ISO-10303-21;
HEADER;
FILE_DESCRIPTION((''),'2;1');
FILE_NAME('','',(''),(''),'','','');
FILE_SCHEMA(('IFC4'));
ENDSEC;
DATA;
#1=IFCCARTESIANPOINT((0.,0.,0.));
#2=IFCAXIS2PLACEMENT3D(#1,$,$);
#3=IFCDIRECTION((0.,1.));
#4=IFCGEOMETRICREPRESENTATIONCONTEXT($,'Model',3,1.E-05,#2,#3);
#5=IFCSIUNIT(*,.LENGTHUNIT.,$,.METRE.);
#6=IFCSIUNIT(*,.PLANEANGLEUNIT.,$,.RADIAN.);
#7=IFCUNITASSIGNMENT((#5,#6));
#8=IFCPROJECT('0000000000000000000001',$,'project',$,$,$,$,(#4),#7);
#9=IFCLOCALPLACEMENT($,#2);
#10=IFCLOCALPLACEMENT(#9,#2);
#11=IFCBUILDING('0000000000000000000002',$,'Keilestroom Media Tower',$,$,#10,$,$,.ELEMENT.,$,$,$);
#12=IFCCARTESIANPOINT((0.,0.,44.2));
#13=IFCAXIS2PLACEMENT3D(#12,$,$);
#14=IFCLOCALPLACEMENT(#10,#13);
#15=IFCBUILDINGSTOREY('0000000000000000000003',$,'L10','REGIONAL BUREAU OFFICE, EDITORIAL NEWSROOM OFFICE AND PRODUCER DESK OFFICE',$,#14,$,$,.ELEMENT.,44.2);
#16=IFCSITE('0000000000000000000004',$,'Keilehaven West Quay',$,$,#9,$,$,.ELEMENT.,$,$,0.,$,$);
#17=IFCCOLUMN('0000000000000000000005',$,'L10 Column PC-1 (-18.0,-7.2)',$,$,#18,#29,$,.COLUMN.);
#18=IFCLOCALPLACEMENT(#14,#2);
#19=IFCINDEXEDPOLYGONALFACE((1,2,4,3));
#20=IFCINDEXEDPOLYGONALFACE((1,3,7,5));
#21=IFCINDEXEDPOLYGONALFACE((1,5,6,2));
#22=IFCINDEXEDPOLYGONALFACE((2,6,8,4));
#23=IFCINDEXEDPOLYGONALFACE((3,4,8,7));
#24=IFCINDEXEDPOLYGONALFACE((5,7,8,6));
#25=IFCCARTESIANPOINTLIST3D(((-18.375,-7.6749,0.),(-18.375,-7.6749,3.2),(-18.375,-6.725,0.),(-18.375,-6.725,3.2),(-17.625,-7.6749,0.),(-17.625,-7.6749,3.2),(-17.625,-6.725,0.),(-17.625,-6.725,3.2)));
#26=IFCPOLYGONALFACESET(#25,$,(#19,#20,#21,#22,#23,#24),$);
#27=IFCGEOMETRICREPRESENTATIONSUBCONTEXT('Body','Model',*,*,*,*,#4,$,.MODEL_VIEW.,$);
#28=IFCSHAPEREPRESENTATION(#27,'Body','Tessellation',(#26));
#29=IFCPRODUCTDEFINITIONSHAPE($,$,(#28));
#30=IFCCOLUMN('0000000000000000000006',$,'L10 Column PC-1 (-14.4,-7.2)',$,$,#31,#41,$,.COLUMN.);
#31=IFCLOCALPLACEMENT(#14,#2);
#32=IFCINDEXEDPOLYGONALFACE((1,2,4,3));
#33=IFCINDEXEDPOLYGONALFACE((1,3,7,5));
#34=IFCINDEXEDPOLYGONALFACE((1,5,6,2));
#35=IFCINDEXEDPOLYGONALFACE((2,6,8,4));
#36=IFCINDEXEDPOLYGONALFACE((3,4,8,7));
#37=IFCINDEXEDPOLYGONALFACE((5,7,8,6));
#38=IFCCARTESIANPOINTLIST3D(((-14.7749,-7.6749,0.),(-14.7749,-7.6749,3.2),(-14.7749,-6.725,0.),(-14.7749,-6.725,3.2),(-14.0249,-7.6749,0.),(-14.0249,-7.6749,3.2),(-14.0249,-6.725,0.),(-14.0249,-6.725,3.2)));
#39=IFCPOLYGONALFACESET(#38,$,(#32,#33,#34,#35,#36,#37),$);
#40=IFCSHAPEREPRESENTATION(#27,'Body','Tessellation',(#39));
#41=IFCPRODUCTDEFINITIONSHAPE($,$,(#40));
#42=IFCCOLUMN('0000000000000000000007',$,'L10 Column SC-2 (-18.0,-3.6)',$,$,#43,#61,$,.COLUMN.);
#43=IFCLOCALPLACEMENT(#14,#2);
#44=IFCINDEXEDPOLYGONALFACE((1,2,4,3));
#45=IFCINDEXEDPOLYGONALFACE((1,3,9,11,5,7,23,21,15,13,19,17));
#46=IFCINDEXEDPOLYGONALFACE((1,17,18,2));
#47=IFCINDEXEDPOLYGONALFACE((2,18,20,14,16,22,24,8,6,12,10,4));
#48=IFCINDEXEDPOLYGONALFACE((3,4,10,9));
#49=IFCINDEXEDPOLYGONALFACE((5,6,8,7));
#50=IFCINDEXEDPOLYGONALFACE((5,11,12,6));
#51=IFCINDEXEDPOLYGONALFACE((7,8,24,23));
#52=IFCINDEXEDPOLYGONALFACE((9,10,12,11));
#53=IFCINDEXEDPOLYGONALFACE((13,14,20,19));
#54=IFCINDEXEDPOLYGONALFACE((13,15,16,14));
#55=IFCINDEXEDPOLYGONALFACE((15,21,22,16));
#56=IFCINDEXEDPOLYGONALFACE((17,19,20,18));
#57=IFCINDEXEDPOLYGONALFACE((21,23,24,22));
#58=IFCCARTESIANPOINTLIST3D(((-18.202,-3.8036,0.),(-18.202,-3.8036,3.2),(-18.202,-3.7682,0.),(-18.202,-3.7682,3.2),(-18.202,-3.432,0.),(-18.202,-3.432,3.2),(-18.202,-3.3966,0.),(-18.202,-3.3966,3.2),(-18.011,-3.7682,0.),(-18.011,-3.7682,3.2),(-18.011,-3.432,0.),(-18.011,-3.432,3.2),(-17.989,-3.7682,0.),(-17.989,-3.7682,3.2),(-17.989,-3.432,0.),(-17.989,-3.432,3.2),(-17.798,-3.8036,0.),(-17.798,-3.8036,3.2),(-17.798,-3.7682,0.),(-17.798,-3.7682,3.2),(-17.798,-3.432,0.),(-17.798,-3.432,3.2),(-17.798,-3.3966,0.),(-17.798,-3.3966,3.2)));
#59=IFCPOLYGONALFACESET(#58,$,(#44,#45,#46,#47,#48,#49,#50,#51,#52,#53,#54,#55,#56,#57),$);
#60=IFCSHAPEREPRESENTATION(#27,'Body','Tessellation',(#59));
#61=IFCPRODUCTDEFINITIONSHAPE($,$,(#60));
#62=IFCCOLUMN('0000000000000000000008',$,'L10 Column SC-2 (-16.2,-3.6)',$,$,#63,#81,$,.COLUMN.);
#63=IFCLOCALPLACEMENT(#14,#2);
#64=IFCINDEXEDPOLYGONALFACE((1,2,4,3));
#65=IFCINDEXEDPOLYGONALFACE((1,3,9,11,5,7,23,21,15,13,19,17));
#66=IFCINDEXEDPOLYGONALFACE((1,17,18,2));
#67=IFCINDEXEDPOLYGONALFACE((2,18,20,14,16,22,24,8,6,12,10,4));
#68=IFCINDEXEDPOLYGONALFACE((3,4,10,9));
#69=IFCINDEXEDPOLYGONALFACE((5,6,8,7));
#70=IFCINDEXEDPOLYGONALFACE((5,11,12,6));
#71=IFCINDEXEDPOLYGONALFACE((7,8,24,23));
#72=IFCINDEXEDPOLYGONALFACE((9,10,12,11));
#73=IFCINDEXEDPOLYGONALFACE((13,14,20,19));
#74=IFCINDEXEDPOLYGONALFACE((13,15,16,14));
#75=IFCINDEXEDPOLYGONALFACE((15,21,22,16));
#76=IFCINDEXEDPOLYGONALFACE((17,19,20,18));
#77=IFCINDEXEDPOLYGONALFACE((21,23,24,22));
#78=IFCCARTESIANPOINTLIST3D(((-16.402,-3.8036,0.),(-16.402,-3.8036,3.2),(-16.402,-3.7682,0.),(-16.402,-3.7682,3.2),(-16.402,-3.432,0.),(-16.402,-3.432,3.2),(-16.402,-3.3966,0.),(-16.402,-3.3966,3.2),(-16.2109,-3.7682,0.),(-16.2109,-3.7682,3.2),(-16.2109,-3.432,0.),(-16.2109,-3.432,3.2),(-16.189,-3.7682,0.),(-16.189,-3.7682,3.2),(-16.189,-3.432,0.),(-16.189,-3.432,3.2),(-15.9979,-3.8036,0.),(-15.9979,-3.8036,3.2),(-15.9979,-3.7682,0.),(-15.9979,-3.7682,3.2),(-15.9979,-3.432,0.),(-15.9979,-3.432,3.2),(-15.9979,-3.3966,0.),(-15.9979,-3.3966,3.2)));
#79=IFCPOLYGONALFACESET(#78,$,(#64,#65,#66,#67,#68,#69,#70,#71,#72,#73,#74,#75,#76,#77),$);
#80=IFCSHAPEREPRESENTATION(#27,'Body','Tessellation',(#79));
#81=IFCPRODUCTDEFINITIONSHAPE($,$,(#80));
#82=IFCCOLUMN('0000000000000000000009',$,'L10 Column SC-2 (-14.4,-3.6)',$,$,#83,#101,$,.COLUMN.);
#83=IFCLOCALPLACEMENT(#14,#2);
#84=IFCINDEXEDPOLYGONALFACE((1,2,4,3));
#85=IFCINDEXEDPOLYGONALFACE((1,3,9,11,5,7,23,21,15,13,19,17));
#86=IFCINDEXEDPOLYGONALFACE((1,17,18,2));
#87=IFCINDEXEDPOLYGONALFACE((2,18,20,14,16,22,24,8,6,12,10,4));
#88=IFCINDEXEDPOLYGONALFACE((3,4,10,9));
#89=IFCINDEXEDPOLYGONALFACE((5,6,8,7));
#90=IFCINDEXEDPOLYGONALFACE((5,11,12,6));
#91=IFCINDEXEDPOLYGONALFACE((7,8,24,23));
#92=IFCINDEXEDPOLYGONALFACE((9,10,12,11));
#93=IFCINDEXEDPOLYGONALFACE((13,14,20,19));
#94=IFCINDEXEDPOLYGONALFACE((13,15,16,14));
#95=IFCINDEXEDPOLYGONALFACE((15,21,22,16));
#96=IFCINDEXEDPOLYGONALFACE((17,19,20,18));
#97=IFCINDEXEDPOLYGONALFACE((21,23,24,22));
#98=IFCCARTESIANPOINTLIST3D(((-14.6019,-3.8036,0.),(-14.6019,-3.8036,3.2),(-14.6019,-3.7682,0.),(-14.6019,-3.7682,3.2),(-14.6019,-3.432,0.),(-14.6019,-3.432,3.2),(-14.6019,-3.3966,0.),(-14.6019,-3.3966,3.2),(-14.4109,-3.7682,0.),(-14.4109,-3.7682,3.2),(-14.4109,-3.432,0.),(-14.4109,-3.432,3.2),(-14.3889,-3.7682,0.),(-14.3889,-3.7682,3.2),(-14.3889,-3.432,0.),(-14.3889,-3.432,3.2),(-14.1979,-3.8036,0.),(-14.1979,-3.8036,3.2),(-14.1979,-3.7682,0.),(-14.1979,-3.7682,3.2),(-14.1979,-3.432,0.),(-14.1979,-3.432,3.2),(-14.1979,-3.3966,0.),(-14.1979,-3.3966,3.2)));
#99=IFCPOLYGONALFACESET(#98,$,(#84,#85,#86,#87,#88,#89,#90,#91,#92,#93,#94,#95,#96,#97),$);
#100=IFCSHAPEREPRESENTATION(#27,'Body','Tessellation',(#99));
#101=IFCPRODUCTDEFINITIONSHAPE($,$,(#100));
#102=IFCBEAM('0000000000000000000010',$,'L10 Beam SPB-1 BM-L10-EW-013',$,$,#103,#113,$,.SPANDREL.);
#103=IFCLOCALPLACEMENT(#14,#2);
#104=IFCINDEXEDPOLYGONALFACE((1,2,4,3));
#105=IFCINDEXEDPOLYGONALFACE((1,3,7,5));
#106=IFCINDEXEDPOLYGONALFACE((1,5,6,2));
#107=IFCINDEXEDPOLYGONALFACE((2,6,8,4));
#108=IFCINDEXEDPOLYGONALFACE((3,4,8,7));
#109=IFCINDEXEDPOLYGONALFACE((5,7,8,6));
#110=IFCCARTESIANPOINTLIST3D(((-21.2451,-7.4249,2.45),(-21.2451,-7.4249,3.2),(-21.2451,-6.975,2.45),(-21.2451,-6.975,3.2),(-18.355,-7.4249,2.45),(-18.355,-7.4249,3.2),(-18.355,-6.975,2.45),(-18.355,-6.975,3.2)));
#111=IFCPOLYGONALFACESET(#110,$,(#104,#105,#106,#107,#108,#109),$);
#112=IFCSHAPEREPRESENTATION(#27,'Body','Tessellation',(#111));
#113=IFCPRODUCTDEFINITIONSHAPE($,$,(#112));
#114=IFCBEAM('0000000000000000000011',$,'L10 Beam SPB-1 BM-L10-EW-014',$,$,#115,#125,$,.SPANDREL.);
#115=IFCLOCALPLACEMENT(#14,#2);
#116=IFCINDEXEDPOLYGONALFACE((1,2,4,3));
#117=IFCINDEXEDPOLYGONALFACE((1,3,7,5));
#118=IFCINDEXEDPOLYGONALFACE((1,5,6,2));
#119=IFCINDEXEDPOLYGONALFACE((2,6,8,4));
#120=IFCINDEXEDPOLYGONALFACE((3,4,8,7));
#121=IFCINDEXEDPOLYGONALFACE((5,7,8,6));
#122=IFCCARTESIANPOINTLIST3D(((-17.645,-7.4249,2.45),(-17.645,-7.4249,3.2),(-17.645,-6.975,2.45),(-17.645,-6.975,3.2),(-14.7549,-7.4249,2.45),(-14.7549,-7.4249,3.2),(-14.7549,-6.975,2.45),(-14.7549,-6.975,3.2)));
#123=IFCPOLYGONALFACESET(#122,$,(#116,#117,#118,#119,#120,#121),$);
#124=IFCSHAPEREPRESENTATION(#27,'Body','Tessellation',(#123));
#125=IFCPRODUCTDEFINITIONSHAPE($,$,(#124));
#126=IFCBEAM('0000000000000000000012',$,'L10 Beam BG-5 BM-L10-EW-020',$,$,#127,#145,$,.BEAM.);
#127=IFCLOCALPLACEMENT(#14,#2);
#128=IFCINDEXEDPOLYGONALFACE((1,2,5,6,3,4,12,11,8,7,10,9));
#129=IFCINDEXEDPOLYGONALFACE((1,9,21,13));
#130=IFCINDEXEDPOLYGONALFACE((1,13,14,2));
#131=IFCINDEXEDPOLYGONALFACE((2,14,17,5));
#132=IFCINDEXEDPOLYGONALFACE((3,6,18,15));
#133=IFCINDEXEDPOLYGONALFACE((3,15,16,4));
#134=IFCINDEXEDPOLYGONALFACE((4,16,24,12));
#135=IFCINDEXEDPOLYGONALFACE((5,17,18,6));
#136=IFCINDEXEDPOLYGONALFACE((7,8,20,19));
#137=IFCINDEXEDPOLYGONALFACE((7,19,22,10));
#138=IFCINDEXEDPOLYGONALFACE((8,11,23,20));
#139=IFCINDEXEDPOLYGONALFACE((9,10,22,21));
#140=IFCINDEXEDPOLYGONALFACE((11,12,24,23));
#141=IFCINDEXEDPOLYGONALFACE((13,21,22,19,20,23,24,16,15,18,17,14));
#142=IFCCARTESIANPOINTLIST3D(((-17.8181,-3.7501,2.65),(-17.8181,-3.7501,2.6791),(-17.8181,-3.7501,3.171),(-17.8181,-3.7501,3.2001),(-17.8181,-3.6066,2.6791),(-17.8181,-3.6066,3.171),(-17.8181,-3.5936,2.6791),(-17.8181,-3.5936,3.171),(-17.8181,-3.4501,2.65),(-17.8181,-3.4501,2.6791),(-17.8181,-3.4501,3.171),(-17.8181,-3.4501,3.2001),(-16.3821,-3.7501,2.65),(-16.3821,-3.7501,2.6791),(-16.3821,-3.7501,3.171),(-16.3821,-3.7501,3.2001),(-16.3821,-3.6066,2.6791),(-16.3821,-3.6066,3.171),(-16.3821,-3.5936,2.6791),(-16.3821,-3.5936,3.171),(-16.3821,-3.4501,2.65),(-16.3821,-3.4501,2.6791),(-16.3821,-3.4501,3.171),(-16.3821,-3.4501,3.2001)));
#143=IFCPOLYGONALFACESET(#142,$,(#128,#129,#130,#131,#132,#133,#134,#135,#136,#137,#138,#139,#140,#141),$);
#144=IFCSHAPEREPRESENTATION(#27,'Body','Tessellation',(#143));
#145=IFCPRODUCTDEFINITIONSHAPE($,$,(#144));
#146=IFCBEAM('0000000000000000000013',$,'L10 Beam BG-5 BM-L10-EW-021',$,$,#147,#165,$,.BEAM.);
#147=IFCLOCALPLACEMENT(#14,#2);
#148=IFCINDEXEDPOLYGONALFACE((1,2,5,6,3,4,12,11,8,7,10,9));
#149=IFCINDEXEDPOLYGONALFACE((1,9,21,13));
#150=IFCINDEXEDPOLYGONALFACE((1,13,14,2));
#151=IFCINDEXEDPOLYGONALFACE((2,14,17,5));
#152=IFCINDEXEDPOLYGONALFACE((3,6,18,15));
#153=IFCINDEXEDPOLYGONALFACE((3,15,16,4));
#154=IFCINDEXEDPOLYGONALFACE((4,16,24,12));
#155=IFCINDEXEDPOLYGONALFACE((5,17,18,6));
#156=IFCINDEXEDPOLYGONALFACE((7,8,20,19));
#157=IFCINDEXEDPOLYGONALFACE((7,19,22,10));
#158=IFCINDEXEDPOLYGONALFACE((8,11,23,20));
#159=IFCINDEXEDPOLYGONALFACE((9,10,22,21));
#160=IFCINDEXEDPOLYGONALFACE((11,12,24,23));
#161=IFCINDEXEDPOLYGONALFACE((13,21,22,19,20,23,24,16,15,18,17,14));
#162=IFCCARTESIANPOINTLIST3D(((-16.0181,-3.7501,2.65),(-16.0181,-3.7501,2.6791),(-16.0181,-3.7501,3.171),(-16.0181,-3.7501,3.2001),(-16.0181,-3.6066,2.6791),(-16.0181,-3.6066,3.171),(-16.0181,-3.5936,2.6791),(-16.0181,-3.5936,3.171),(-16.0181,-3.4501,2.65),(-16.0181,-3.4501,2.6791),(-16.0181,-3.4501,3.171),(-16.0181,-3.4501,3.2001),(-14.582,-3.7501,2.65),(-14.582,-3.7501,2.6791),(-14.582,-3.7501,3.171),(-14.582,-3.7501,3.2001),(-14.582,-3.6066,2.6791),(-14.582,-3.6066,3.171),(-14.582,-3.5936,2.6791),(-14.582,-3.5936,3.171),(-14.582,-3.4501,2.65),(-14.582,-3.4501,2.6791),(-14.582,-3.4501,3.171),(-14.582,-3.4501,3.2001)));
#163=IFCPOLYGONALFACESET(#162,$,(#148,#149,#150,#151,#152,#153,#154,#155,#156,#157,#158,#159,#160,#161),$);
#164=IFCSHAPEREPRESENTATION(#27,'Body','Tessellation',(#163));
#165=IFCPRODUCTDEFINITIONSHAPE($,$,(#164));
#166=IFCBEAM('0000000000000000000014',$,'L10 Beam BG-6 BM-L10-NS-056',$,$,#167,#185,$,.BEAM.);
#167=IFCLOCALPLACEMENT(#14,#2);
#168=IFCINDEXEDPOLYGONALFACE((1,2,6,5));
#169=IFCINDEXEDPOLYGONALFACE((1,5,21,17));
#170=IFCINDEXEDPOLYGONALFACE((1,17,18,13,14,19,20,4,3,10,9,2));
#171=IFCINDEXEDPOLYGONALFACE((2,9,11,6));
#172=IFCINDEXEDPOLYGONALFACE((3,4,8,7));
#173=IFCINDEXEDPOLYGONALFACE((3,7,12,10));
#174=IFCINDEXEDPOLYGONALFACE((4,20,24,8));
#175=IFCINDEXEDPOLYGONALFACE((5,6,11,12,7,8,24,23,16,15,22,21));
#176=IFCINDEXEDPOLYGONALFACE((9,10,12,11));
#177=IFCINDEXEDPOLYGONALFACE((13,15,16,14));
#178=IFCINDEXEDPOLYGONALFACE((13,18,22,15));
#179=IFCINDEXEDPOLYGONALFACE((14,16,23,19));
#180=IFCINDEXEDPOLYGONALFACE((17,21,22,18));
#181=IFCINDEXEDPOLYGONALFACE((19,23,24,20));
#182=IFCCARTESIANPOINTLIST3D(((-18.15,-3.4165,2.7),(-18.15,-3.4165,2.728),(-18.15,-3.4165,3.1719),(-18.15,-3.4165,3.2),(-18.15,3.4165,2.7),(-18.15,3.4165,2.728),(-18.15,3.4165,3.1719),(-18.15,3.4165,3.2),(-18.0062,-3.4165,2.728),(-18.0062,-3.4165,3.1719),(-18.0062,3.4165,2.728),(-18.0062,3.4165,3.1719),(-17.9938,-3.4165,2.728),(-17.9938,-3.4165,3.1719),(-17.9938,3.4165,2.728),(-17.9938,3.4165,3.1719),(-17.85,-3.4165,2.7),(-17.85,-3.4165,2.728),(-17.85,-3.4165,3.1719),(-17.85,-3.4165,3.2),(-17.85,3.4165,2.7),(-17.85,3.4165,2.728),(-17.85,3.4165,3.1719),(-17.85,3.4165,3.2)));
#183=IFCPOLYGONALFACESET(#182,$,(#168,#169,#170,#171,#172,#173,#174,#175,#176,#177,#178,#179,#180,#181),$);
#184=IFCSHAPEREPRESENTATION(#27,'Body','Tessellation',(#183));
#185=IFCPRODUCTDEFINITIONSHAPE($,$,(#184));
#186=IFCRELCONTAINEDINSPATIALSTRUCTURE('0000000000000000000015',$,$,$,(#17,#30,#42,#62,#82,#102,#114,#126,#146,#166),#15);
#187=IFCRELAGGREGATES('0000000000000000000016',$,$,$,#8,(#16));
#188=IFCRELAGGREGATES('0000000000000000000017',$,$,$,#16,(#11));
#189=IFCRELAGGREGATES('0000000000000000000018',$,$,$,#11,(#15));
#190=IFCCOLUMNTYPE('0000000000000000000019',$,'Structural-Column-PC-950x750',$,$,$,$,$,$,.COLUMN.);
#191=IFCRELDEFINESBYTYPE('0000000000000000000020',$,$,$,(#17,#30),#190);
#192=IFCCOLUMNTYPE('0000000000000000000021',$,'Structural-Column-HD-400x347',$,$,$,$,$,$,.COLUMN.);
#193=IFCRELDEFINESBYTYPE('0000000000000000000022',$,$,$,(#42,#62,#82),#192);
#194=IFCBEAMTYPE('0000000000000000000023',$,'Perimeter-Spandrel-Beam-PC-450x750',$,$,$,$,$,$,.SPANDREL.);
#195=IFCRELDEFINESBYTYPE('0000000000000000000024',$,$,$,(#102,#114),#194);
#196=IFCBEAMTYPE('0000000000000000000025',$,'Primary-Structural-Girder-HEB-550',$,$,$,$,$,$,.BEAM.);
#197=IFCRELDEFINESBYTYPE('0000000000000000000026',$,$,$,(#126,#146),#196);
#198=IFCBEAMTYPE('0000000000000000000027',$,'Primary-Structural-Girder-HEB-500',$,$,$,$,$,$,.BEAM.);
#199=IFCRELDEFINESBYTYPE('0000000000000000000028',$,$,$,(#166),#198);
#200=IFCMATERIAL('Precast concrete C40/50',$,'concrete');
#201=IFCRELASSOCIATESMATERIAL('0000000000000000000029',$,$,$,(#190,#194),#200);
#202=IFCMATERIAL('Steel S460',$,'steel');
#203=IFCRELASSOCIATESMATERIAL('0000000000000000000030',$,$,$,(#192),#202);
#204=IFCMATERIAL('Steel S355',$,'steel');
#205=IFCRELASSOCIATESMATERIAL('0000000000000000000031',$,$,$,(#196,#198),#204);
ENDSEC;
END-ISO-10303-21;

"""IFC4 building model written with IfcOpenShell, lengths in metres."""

from ifc_helpers import new_model, si_unit, direction, frame, origin, origin_2d, place, context, subcontext, project, spatial, rectangle, i_section, extrude, source, transform, mapped, material, material_profile, profile_set, type_object, element, save


model = new_model("IFC4")

# Units and contexts
model_context = context("Model", 3, precision=1e-05, world=origin(), true_north=direction((0.0, 1.0)))
body_context = subcontext(model_context, "Body", "Model", "MODEL_VIEW")
ifc_project = project(units=[si_unit("LENGTHUNIT", "METRE"), si_unit("PLANEANGLEUNIT", "RADIAN")], contexts=[model_context])

# Site, building, storey
site_placement = place(None, origin())
site = spatial("IfcSite", under=ifc_project, at=site_placement, Name="Keilehaven West Quay", CompositionType="ELEMENT", RefElevation=0.0)
building_placement = place(site_placement, origin())
building = spatial("IfcBuilding", under=site, at=building_placement, Name="Keilestroom Media Tower", CompositionType="ELEMENT")
storey_placement = place(building_placement, frame((0.0, 0.0, 44.2)))
storey = spatial("IfcBuildingStorey", under=building, at=storey_placement, Name="L10", Description="REGIONAL BUREAU OFFICE, EDITORIAL NEWSROOM OFFICE AND PRODUCER DESK OFFICE", CompositionType="ELEMENT", Elevation=44.2)

# Columns
ifc_material_1 = material(Name="Precast concrete C40/50", Category="concrete")
ifc_material_profile_1 = material_profile(ifc_material_1, rectangle(XDim=0.75, YDim=0.95, at=origin_2d()), Name="PC 950x750")
ifc_profile_set_1 = profile_set([ifc_material_profile_1], Name="Precast concrete C40/50")
column_type_1 = type_object("IfcColumnType", Name="Structural-Column-PC-950x750", PredefinedType="COLUMN", material=ifc_profile_set_1)
shared_shape_1 = source(origin(), body_context, "Body", "SweptSolid", [
    extrude(rectangle(XDim=0.75, YDim=0.95, at=origin_2d()), origin(), (0.0, 0.0, 1.0), 3.2),
])
for number, where, z_axis, x_axis, name in (
    (1, (-18.0, -7.2, 0.0), (0.0, 0.0, 1.0), (1.0, 0.0, 0.0), "L10 Column PC-1 (-18.0,-7.2)"),
    (2, (-14.3999, -7.2, 0.0), (0.0, 0.0, 1.0), (1.0, 0.0, 0.0), "L10 Column PC-1 (-14.4,-7.2)"),
):
    element("IfcColumn", number, at=place(storey_placement, frame(where, z_axis=z_axis, x_axis=x_axis)), inside=storey, type_object=column_type_1, Name=name, PredefinedType="COLUMN", context=body_context, shape_type="MappedRepresentation", body=[
        mapped(shared_shape_1, transform((0.0, 0.0, 0.0), x_axis=(1.0, 0.0, 0.0), y_axis=(0.0, 1.0, 0.0), z_axis=(0.0, 0.0, 1.0), scale=1.0)),
    ])
ifc_material_2 = material(Name="Steel S460", Category="steel")
ifc_material_profile_2 = material_profile(ifc_material_2, i_section(OverallWidth=0.4041, OverallDepth=0.407, WebThickness=0.022, FlangeThickness=0.0354, at=origin_2d()), Name="HD 400x347")
ifc_profile_set_2 = profile_set([ifc_material_profile_2], Name="Steel S460")
column_type_2 = type_object("IfcColumnType", Name="Structural-Column-HD-400x347", PredefinedType="COLUMN", material=ifc_profile_set_2)
shared_shape_2 = source(origin(), body_context, "Body", "SweptSolid", [
    extrude(i_section(OverallWidth=0.4041, OverallDepth=0.407, WebThickness=0.022, FlangeThickness=0.0354, at=origin_2d()), origin(), (0.0, 0.0, 1.0), 3.2),
])
for number, where, z_axis, x_axis, name in (
    (3, (-18.0, -3.6001, 0.0), (0.0, 0.0, 1.0), (1.0, 0.0, 0.0), "L10 Column SC-2 (-18.0,-3.6)"),
    (4, (-16.2, -3.6001, 0.0), (0.0, 0.0, 1.0), (1.0, 0.0, 0.0), "L10 Column SC-2 (-16.2,-3.6)"),
    (5, (-14.3999, -3.6001, 0.0), (0.0, 0.0, 1.0), (1.0, 0.0, 0.0), "L10 Column SC-2 (-14.4,-3.6)"),
):
    element("IfcColumn", number, at=place(storey_placement, frame(where, z_axis=z_axis, x_axis=x_axis)), inside=storey, type_object=column_type_2, Name=name, PredefinedType="COLUMN", context=body_context, shape_type="MappedRepresentation", body=[
        mapped(shared_shape_2, transform((0.0, 0.0, 0.0), x_axis=(1.0, 0.0, 0.0), y_axis=(0.0, 1.0, 0.0), z_axis=(0.0, 0.0, 1.0), scale=1.0)),
    ])

# Beams
ifc_material_profile_3 = material_profile(ifc_material_1, rectangle(XDim=0.45, YDim=0.75, at=origin_2d()), Name="PC 450x750")
ifc_profile_set_3 = profile_set([ifc_material_profile_3], Name="Precast concrete C40/50")
beam_type_1 = type_object("IfcBeamType", Name="Perimeter-Spandrel-Beam-PC-450x750", PredefinedType="SPANDREL", material=ifc_profile_set_3)
shared_shape_3 = source(origin(), body_context, "Body", "SweptSolid", [
    extrude(rectangle(XDim=0.45, YDim=0.75, at=origin_2d()), origin(), (0.0, 0.0, 1.0), 2.8901),
])
for number, where, z_axis, x_axis, name in (
    (6, (-21.2451, -7.2, 2.825), (1.0, 0.0, 0.0), (0.0, 1.0, 0.0), "L10 Beam SPB-1 BM-L10-EW-013"),
    (7, (-17.645, -7.2, 2.825), (1.0, 0.0, 0.0), (0.0, 1.0, 0.0), "L10 Beam SPB-1 BM-L10-EW-014"),
):
    element("IfcBeam", number, at=place(storey_placement, frame(where, z_axis=z_axis, x_axis=x_axis)), inside=storey, type_object=beam_type_1, Name=name, PredefinedType="SPANDREL", context=body_context, shape_type="MappedRepresentation", body=[
        mapped(shared_shape_3, transform((0.0, 0.0, 0.0), x_axis=(1.0, 0.0, 0.0), y_axis=(0.0, 1.0, 0.0), z_axis=(0.0, 0.0, 1.0), scale=1.0)),
    ])
ifc_material_3 = material(Name="Steel S355", Category="steel")
ifc_material_profile_4 = material_profile(ifc_material_3, i_section(OverallWidth=0.3, OverallDepth=0.55, WebThickness=0.0129, FlangeThickness=0.0291, at=origin_2d()), Name="HEB 550")
ifc_profile_set_4 = profile_set([ifc_material_profile_4], Name="Steel S355")
beam_type_2 = type_object("IfcBeamType", Name="Primary-Structural-Girder-HEB-550", PredefinedType="BEAM", material=ifc_profile_set_4)
shared_shape_4 = source(origin(), body_context, "Body", "SweptSolid", [
    extrude(i_section(OverallWidth=0.3, OverallDepth=0.55, WebThickness=0.0129, FlangeThickness=0.0291, at=origin_2d()), origin(), (0.0, 0.0, 1.0), 1.436),
])
for number, where, z_axis, x_axis, name in (
    (8, (-17.8181, -3.6001, 2.925), (1.0, 0.0, 0.0), (0.0, 1.0, 0.0), "L10 Beam BG-5 BM-L10-EW-020"),
    (9, (-16.0181, -3.6001, 2.925), (1.0, 0.0, 0.0), (0.0, 1.0, 0.0), "L10 Beam BG-5 BM-L10-EW-021"),
):
    element("IfcBeam", number, at=place(storey_placement, frame(where, z_axis=z_axis, x_axis=x_axis)), inside=storey, type_object=beam_type_2, Name=name, PredefinedType="BEAM", context=body_context, shape_type="MappedRepresentation", body=[
        mapped(shared_shape_4, transform((0.0, 0.0, 0.0), x_axis=(1.0, 0.0, 0.0), y_axis=(0.0, 1.0, 0.0), z_axis=(0.0, 0.0, 1.0), scale=1.0)),
    ])
ifc_material_profile_5 = material_profile(ifc_material_3, i_section(OverallWidth=0.3, OverallDepth=0.5, WebThickness=0.0125, FlangeThickness=0.0281, at=origin_2d()), Name="HEB 500")
ifc_profile_set_5 = profile_set([ifc_material_profile_5], Name="Steel S355")
beam_type_3 = type_object("IfcBeamType", Name="Primary-Structural-Girder-HEB-500", PredefinedType="BEAM", material=ifc_profile_set_5)
shared_shape_5 = source(origin(), body_context, "Body", "SweptSolid", [
    extrude(i_section(OverallWidth=0.3, OverallDepth=0.5, WebThickness=0.0125, FlangeThickness=0.0281, at=origin_2d()), origin(), (0.0, 0.0, 1.0), 6.833),
])
for number, where, z_axis, x_axis, name in (
    (10, (-18.0, -3.4165, 2.95), (0.0, 1.0, 0.0), (-1.0, 0.0, 0.0), "L10 Beam BG-6 BM-L10-NS-056"),
):
    element("IfcBeam", number, at=place(storey_placement, frame(where, z_axis=z_axis, x_axis=x_axis)), inside=storey, type_object=beam_type_3, Name=name, PredefinedType="BEAM", context=body_context, shape_type="MappedRepresentation", body=[
        mapped(shared_shape_5, transform((0.0, 0.0, 0.0), x_axis=(1.0, 0.0, 0.0), y_axis=(0.0, 1.0, 0.0), z_axis=(0.0, 0.0, 1.0), scale=1.0)),
    ])

save(model, "model.ifc")
